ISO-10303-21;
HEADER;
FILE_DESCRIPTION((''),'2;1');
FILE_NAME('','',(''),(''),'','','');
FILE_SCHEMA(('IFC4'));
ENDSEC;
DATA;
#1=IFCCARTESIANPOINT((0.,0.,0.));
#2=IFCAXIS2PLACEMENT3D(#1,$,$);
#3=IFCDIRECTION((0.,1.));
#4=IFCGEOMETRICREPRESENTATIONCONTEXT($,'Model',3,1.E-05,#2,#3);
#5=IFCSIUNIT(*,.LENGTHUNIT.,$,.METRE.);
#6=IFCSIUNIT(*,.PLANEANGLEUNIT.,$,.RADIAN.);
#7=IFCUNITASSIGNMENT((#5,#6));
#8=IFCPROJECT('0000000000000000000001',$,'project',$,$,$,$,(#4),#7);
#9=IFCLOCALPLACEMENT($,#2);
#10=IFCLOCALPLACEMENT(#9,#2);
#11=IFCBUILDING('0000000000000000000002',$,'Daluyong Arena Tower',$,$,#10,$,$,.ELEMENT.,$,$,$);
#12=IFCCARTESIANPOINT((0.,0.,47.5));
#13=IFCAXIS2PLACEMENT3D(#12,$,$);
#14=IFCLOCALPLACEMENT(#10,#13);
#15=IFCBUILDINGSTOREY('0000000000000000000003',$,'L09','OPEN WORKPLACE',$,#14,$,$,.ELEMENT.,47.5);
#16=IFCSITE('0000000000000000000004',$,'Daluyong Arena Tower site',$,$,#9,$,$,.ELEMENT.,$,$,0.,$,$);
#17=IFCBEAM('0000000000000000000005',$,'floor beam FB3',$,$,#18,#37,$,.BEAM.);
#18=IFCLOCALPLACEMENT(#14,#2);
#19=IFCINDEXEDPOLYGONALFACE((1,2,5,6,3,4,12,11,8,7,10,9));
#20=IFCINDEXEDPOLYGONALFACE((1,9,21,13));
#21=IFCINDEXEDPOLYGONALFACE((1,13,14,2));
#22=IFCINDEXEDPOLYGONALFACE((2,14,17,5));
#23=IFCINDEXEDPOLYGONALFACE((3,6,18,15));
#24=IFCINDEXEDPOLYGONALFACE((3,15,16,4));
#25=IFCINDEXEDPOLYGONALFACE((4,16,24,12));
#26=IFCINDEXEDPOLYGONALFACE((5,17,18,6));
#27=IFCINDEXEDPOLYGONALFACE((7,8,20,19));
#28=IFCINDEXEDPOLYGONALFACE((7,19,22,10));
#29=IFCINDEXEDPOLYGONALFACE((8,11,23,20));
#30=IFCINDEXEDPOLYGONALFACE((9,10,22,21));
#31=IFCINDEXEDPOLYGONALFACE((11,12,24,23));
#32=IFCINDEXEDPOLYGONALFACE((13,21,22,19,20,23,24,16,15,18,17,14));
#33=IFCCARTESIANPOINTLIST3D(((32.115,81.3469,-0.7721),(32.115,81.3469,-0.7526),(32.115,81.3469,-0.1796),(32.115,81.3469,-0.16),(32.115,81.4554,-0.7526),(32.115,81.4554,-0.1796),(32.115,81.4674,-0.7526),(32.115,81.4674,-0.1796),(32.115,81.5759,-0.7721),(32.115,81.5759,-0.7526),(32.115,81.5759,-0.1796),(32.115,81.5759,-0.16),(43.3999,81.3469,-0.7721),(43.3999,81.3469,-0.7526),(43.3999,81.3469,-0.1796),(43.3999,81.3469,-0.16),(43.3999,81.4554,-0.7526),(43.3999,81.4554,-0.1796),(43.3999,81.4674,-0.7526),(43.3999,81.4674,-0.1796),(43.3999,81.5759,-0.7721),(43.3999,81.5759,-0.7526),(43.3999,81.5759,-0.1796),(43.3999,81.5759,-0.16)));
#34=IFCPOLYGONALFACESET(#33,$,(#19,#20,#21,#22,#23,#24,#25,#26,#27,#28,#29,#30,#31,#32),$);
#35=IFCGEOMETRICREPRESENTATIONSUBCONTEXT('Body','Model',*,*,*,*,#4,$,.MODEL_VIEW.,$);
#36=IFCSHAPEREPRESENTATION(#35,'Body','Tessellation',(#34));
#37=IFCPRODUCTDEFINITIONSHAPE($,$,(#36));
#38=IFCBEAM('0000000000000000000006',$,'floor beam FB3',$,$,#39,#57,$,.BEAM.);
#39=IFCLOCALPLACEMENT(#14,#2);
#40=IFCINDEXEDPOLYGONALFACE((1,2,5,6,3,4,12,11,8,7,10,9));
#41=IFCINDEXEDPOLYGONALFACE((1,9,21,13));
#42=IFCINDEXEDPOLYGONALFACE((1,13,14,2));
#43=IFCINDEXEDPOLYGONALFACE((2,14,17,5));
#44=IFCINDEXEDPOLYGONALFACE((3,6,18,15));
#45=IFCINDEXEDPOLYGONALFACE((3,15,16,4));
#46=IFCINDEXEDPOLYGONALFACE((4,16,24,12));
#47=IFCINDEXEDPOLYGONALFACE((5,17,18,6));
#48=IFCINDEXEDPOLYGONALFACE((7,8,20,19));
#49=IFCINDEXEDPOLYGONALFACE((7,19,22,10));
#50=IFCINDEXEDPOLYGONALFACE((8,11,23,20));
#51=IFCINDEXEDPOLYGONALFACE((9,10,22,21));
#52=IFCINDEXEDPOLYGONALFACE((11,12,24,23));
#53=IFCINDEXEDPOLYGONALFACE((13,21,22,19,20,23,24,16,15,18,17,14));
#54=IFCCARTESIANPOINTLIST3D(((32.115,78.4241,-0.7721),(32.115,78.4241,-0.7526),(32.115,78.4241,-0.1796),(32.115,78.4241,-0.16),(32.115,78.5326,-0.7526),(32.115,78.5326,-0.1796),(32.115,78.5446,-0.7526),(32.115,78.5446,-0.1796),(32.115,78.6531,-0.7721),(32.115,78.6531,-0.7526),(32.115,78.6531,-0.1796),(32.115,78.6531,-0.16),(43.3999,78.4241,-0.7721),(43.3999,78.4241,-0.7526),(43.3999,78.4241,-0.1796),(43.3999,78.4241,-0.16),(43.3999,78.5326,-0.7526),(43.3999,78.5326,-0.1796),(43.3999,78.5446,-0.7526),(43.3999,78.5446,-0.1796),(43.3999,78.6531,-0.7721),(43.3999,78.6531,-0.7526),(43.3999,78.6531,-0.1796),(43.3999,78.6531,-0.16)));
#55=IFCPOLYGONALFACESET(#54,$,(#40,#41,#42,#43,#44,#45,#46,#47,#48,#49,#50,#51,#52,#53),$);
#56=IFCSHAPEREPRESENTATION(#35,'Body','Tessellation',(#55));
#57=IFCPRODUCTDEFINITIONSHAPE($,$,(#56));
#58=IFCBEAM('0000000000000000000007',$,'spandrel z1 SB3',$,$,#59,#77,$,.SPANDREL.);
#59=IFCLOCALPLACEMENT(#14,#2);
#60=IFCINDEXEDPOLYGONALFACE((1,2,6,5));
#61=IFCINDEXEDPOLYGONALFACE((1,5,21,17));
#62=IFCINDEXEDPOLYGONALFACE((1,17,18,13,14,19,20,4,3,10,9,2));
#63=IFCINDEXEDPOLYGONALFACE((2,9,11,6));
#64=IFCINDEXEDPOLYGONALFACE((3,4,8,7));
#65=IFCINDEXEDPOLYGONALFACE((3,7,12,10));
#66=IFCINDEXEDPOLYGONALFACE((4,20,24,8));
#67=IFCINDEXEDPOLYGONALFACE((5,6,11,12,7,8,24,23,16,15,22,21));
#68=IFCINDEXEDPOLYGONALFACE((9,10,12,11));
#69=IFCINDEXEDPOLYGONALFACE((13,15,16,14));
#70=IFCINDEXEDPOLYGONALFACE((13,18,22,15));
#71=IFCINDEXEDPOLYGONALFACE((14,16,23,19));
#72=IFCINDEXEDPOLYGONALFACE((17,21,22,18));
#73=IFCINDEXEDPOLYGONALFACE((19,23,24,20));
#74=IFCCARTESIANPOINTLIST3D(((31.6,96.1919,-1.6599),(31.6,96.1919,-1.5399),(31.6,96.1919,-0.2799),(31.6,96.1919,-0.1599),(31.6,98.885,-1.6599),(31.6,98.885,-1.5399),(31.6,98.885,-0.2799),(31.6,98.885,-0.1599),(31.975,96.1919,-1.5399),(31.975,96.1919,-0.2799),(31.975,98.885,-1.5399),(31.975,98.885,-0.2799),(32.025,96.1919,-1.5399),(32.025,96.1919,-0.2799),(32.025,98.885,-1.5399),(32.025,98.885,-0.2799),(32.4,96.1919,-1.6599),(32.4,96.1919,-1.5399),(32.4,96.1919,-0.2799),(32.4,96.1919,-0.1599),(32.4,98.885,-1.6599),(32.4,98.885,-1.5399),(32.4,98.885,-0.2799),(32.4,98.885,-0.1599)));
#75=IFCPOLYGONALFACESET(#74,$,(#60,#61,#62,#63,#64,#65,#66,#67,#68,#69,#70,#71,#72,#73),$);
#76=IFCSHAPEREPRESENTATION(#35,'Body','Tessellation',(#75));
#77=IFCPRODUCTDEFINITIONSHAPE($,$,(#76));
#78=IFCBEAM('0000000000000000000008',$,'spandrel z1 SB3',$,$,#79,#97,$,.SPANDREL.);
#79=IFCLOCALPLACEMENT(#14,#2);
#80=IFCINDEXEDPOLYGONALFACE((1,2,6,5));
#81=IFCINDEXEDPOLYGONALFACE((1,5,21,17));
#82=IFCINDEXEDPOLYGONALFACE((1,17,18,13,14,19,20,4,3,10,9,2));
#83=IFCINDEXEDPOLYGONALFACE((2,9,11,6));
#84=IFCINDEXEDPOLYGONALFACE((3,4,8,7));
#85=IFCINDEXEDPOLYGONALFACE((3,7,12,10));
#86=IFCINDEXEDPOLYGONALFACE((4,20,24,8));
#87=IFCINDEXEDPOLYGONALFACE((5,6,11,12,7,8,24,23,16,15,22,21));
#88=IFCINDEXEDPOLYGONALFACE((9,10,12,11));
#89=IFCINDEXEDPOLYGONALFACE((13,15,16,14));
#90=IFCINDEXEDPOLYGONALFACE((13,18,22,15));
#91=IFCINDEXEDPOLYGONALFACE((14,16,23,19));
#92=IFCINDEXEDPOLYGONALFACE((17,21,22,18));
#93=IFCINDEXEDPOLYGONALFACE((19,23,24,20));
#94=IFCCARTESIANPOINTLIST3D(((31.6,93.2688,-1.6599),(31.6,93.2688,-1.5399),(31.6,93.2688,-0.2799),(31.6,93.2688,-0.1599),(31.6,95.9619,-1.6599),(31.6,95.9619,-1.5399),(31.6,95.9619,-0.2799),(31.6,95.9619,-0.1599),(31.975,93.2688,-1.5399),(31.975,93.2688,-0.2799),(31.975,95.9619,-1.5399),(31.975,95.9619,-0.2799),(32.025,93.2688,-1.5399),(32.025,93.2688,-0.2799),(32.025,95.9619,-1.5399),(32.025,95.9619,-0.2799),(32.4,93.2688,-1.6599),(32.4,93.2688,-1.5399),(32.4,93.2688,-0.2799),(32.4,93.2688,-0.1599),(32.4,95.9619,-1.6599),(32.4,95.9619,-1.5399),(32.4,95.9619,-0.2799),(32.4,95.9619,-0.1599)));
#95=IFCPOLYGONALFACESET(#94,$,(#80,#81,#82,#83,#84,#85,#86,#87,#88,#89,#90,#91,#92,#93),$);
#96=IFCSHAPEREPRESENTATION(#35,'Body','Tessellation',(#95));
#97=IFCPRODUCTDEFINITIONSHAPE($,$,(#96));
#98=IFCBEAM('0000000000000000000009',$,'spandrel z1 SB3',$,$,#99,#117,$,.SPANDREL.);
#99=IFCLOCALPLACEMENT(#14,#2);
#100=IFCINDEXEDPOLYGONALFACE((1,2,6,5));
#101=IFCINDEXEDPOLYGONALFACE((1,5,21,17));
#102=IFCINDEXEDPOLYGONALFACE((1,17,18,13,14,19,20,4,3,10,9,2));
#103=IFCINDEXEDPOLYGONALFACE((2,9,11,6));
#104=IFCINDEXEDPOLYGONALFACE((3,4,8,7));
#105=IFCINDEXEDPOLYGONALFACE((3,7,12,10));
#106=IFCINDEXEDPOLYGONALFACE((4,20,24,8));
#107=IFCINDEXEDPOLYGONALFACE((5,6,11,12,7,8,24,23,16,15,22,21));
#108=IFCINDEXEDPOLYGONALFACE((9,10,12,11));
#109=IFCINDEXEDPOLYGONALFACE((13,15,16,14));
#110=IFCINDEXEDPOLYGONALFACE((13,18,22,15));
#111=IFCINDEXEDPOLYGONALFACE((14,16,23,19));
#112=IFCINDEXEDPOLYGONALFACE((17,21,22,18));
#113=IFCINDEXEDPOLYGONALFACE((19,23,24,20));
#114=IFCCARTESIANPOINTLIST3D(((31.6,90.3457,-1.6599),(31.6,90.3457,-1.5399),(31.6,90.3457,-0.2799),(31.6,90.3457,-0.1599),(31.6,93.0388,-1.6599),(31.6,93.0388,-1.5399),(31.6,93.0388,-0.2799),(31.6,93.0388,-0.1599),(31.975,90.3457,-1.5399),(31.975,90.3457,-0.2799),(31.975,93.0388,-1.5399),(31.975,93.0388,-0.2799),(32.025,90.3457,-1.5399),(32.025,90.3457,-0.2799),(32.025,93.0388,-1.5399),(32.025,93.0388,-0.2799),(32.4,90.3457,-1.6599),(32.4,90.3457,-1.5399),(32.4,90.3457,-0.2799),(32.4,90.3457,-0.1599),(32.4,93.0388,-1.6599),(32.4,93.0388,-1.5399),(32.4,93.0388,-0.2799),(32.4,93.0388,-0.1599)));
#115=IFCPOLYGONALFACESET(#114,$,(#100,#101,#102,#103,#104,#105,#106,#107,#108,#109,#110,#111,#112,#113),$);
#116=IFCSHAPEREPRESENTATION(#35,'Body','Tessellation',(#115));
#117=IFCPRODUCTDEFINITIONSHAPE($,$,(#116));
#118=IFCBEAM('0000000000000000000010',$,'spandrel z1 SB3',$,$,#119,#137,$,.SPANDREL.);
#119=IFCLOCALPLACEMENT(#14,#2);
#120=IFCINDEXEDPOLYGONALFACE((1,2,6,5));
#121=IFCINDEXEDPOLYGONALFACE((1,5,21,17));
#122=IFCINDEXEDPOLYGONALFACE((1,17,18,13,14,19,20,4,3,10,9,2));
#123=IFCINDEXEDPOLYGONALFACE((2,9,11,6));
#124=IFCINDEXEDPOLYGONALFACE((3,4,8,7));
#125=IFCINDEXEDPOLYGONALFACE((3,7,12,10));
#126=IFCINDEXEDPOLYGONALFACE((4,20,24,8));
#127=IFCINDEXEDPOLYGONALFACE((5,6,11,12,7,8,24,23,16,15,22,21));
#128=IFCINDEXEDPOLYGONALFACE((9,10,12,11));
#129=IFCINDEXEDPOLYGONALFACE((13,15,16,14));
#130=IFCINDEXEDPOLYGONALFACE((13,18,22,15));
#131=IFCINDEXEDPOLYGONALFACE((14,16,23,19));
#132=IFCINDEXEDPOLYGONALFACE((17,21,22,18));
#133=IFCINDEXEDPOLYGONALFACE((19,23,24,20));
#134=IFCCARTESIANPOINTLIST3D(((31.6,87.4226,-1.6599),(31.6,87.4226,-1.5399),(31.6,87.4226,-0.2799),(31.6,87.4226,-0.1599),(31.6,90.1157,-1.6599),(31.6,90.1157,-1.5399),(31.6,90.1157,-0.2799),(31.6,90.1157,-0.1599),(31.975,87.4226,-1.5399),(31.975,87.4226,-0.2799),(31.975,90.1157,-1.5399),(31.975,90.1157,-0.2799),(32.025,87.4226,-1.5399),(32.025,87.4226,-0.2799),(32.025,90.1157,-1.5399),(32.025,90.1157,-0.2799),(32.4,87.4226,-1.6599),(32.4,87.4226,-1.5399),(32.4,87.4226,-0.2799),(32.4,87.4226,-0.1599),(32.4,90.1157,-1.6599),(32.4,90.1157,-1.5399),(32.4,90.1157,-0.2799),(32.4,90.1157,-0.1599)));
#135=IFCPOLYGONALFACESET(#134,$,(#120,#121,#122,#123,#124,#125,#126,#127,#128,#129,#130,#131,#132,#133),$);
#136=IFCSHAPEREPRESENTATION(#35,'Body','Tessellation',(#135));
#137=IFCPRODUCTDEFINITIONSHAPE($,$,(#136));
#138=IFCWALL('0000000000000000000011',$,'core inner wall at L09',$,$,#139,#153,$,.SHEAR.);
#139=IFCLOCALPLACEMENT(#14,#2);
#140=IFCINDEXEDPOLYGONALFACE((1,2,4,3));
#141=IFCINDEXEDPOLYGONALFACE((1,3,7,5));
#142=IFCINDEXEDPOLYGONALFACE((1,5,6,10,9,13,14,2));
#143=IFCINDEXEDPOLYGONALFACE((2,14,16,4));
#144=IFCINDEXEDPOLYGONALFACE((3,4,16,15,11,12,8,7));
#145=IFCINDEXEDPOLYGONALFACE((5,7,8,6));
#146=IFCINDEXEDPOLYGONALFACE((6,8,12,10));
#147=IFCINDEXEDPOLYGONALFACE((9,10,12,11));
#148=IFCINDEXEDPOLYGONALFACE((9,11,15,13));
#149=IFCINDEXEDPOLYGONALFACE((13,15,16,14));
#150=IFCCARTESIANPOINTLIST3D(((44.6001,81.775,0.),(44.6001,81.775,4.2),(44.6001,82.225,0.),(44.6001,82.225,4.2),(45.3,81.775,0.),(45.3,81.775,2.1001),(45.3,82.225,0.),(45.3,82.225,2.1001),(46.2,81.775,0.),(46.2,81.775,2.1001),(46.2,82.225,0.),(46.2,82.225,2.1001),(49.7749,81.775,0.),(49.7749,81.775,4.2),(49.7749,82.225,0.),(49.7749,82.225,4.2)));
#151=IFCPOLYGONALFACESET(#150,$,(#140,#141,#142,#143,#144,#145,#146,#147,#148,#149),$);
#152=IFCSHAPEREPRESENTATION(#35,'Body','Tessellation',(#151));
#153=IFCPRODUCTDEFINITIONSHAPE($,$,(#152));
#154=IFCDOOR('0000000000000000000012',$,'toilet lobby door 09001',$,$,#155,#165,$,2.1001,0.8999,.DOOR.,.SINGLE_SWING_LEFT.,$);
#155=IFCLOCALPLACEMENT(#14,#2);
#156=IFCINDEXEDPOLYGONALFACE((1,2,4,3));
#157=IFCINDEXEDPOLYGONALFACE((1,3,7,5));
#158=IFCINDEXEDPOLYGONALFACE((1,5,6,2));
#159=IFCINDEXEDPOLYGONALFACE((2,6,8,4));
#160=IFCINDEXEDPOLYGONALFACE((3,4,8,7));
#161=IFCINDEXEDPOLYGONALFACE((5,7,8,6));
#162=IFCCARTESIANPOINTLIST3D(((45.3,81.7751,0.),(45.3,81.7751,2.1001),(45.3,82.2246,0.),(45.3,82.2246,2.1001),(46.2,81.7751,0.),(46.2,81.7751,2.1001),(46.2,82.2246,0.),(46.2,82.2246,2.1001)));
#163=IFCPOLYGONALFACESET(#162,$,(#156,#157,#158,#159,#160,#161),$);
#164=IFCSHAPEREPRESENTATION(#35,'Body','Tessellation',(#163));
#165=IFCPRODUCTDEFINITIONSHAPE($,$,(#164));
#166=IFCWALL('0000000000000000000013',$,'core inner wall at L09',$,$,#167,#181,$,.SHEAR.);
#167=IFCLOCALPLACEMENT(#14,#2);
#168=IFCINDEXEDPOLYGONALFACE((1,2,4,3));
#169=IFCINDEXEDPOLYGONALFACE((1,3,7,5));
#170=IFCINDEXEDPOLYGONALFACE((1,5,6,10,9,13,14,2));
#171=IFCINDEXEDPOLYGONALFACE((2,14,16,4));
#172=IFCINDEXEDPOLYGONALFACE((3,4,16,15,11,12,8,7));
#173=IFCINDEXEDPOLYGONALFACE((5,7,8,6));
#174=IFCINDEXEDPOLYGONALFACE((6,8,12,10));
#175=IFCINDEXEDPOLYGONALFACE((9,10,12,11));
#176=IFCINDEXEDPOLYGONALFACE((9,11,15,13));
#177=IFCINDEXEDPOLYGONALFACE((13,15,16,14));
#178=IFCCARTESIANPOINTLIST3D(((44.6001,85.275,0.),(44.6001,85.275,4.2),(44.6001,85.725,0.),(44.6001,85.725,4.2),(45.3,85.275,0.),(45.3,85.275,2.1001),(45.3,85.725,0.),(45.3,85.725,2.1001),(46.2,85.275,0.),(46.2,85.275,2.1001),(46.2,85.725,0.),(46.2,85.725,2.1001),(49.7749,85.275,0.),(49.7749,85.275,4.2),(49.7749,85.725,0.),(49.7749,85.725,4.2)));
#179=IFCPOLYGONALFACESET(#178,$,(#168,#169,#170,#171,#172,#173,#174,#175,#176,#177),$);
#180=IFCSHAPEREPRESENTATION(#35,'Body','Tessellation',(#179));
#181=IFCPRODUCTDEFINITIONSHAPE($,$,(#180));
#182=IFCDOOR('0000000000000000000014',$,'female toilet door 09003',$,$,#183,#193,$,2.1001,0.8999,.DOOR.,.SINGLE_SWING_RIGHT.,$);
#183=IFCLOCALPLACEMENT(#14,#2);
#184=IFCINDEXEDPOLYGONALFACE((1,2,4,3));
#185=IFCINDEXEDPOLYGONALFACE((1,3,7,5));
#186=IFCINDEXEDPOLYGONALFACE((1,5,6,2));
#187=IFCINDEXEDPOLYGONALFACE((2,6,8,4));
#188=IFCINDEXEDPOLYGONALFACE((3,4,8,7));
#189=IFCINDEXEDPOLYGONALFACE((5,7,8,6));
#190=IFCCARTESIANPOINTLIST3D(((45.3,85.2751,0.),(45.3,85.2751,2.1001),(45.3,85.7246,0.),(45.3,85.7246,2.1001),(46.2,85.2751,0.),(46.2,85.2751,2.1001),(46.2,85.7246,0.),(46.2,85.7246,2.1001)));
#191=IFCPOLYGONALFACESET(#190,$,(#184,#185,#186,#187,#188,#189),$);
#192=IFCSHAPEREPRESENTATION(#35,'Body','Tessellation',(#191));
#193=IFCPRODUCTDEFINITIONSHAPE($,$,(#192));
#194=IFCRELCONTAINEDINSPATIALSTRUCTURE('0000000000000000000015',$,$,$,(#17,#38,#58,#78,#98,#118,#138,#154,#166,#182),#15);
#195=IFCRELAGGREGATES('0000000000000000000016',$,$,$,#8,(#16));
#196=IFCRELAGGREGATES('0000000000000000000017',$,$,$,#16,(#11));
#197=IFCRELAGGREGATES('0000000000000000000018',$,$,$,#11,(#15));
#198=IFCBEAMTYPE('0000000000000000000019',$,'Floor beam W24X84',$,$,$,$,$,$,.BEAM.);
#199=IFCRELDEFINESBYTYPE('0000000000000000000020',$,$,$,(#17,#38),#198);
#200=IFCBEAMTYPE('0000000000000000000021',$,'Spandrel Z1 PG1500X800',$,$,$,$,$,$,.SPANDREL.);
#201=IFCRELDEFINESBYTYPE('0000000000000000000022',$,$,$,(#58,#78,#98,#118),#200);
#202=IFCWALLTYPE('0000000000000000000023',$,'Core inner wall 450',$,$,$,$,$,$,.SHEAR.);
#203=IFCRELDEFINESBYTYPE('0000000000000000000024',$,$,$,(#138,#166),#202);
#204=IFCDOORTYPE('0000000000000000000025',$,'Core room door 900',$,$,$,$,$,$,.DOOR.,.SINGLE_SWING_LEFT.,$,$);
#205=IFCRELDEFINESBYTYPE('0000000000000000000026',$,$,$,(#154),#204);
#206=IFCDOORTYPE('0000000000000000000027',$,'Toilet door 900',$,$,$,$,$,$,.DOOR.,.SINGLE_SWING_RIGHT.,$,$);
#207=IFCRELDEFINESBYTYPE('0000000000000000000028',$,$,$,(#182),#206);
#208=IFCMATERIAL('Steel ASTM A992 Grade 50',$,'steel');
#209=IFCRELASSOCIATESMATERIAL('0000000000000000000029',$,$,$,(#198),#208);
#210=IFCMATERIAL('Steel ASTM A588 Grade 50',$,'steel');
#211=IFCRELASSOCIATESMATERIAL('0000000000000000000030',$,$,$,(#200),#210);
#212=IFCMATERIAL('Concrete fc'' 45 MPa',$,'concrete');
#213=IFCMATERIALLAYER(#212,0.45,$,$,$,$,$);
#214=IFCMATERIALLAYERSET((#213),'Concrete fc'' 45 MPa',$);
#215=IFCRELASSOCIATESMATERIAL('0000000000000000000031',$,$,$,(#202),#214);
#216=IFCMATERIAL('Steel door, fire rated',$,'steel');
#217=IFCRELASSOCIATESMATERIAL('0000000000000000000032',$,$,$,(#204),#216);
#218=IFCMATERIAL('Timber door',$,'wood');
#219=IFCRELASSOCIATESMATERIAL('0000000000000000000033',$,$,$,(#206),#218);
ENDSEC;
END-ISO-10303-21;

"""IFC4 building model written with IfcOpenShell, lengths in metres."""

from ifc_helpers import new_model, si_unit, direction, frame, frame_2d, origin, origin_2d, place, context, subcontext, project, spatial, rectangle, i_section, extrude, material, layer, layer_set, material_profile, profile_set, type_object, element, fill, save


model = new_model("IFC4")

# Units and contexts
model_context = context("Model", 3, precision=1e-05, world=origin(), true_north=direction((0.0, 1.0)))
body_context = subcontext(model_context, "Body", "Model", "MODEL_VIEW")
ifc_project = project(units=[si_unit("LENGTHUNIT", "METRE"), si_unit("PLANEANGLEUNIT", "RADIAN")], contexts=[model_context])

# Site, building, storey
site_placement = place(None, origin())
site = spatial("IfcSite", under=ifc_project, at=site_placement, Name="Daluyong Arena Tower site", CompositionType="ELEMENT", RefElevation=0.0)
building_placement = place(site_placement, origin())
building = spatial("IfcBuilding", under=site, at=building_placement, Name="Daluyong Arena Tower", CompositionType="ELEMENT")
storey_placement = place(building_placement, frame((0.0, 0.0, 47.5)))
storey = spatial("IfcBuildingStorey", under=building, at=storey_placement, Name="L09", Description="OPEN WORKPLACE", CompositionType="ELEMENT", Elevation=47.5)

# Beams
ifc_material_1 = material(Name="Steel ASTM A992 Grade 50", Category="steel")
ifc_material_profile_1 = material_profile(ifc_material_1, i_section(OverallWidth=0.229, OverallDepth=0.6121, WebThickness=0.012, FlangeThickness=0.0195, at=origin_2d()))
ifc_profile_set_1 = profile_set([ifc_material_profile_1], Name="Steel ASTM A992 Grade 50")
beam_type_1 = type_object("IfcBeamType", Name="Floor beam W24X84", PredefinedType="BEAM", material=ifc_profile_set_1)
for number, where, z_axis, x_axis, name in (
    (1, (32.115, 81.4614, -0.4661), (1.0, 0.0, 0.0), (0.0, 1.0, 0.0), "floor beam FB3"),
    (2, (32.115, 78.5386, -0.4661), (1.0, 0.0, 0.0), (0.0, 1.0, 0.0), "floor beam FB3"),
):
    element("IfcBeam", number, at=place(storey_placement, frame(where, z_axis=z_axis, x_axis=x_axis)), inside=storey, type_object=beam_type_1, Name=name, PredefinedType="BEAM", context=body_context, shape_type="SweptSolid", body=[
        extrude(i_section(OverallWidth=0.229, OverallDepth=0.6121, WebThickness=0.012, FlangeThickness=0.0195, at=origin_2d()), origin(), (0.0, 0.0, 1.0), 11.2849),
    ])
ifc_material_2 = material(Name="Steel ASTM A588 Grade 50", Category="steel")
ifc_material_profile_2 = material_profile(ifc_material_2, i_section(OverallWidth=0.8, OverallDepth=1.5, WebThickness=0.05, FlangeThickness=0.12, at=origin_2d()))
ifc_profile_set_2 = profile_set([ifc_material_profile_2], Name="Steel ASTM A588 Grade 50")
beam_type_2 = type_object("IfcBeamType", Name="Spandrel Z1 PG1500X800", PredefinedType="SPANDREL", material=ifc_profile_set_2)
for number, where, z_axis, x_axis, name in (
    (3, (32.0, 98.885, -0.9099), (0.0, -1.0, 0.0), (1.0, 0.0, 0.0), "spandrel z1 SB3"),
    (4, (32.0, 95.9619, -0.9099), (0.0, -1.0, 0.0), (1.0, 0.0, 0.0), "spandrel z1 SB3"),
    (5, (32.0, 93.0388, -0.9099), (0.0, -1.0, 0.0), (1.0, 0.0, 0.0), "spandrel z1 SB3"),
    (6, (32.0, 90.1157, -0.9099), (0.0, -1.0, 0.0), (1.0, 0.0, 0.0), "spandrel z1 SB3"),
):
    element("IfcBeam", number, at=place(storey_placement, frame(where, z_axis=z_axis, x_axis=x_axis)), inside=storey, type_object=beam_type_2, Name=name, PredefinedType="SPANDREL", context=body_context, shape_type="SweptSolid", body=[
        extrude(i_section(OverallWidth=0.8, OverallDepth=1.5, WebThickness=0.05, FlangeThickness=0.12, at=origin_2d()), origin(), (0.0, 0.0, 1.0), 2.6931),
    ])

# Walls, openings, doors
ifc_material_3 = material(Name="Concrete fc' 45 MPa", Category="concrete")
ifc_layer_1 = layer(ifc_material_3, 0.45)
ifc_layer_set_1 = layer_set([ifc_layer_1], Name="Concrete fc' 45 MPa")
wall_type_1 = type_object("IfcWallType", Name="Core inner wall 450", PredefinedType="SHEAR", material=ifc_layer_set_1)
wall_1_placement = place(storey_placement, frame((44.6001, 82.0, 0.0), z_axis=(0.0, 0.0, 1.0), x_axis=(1.0, 0.0, 0.0)))
wall_1 = element("IfcWall", 7, at=wall_1_placement, inside=storey, type_object=wall_type_1, Name="core inner wall at L09", PredefinedType="SHEAR", context=body_context, shape_type="SweptSolid", body=[
    extrude(rectangle(XDim=5.1748, YDim=0.45, at=frame_2d((2.5874, 0.0))), origin(), (0.0, 0.0, 1.0), 4.2),
])
opening_1_placement = place(wall_1_placement, frame((0.7, 0.0, 0.0)))
opening_1 = element("IfcOpeningElement", 8, at=opening_1_placement, cuts=wall_1, PredefinedType="OPENING", context=body_context, shape_type="SweptSolid", body=[
    extrude(rectangle(XDim=0.8999, YDim=2.1001, at=frame_2d((0.45, 1.05))), frame((0.0, 0.2349, 0.0), z_axis=(0.0, -1.0, 0.0), x_axis=(1.0, 0.0, 0.0)), (0.0, 0.0, 1.0), 0.47),
])
ifc_material_4 = material(Name="Steel door, fire rated", Category="steel")
door_type_1 = type_object("IfcDoorType", Name="Core room door 900", OperationType="SINGLE_SWING_LEFT", PredefinedType="DOOR", material=ifc_material_4)
door_1_placement = place(opening_1_placement, origin())
door_1 = element("IfcDoor", 9, at=door_1_placement, inside=storey, type_object=door_type_1, Name="toilet lobby door 09001", OperationType="SINGLE_SWING_LEFT", OverallHeight=2.1001, OverallWidth=0.8999, PredefinedType="DOOR", context=body_context, shape_type="SweptSolid", body=[
    extrude(rectangle(XDim=0.8999, YDim=2.1001, at=frame_2d((0.45, 1.05))), frame((0.0, 0.2246, 0.0), z_axis=(0.0, -1.0, 0.0), x_axis=(1.0, 0.0, 0.0)), (0.0, 0.0, 1.0), 0.4495),
])
fill(opening_1, door_1)
wall_2_placement = place(storey_placement, frame((44.6001, 85.5, 0.0), z_axis=(0.0, 0.0, 1.0), x_axis=(1.0, 0.0, 0.0)))
wall_2 = element("IfcWall", 10, at=wall_2_placement, inside=storey, type_object=wall_type_1, Name="core inner wall at L09", PredefinedType="SHEAR", context=body_context, shape_type="SweptSolid", body=[
    extrude(rectangle(XDim=5.1748, YDim=0.45, at=frame_2d((2.5874, 0.0))), origin(), (0.0, 0.0, 1.0), 4.2),
])
opening_2_placement = place(wall_2_placement, frame((0.7, 0.0, 0.0)))
opening_2 = element("IfcOpeningElement", 11, at=opening_2_placement, cuts=wall_2, PredefinedType="OPENING", context=body_context, shape_type="SweptSolid", body=[
    extrude(rectangle(XDim=0.8999, YDim=2.1001, at=frame_2d((0.45, 1.05))), frame((0.0, 0.2349, 0.0), z_axis=(0.0, -1.0, 0.0), x_axis=(1.0, 0.0, 0.0)), (0.0, 0.0, 1.0), 0.47),
])
ifc_material_5 = material(Name="Timber door", Category="wood")
door_type_2 = type_object("IfcDoorType", Name="Toilet door 900", OperationType="SINGLE_SWING_RIGHT", PredefinedType="DOOR", material=ifc_material_5)
door_2_placement = place(opening_2_placement, origin())
door_2 = element("IfcDoor", 12, at=door_2_placement, inside=storey, type_object=door_type_2, Name="female toilet door 09003", OperationType="SINGLE_SWING_RIGHT", OverallHeight=2.1001, OverallWidth=0.8999, PredefinedType="DOOR", context=body_context, shape_type="SweptSolid", body=[
    extrude(rectangle(XDim=0.8999, YDim=2.1001, at=frame_2d((0.45, 1.05))), frame((0.0, 0.2246, 0.0), z_axis=(0.0, -1.0, 0.0), x_axis=(1.0, 0.0, 0.0)), (0.0, 0.0, 1.0), 0.4495),
])
fill(opening_2, door_2)

save(model, "model.ifc")
